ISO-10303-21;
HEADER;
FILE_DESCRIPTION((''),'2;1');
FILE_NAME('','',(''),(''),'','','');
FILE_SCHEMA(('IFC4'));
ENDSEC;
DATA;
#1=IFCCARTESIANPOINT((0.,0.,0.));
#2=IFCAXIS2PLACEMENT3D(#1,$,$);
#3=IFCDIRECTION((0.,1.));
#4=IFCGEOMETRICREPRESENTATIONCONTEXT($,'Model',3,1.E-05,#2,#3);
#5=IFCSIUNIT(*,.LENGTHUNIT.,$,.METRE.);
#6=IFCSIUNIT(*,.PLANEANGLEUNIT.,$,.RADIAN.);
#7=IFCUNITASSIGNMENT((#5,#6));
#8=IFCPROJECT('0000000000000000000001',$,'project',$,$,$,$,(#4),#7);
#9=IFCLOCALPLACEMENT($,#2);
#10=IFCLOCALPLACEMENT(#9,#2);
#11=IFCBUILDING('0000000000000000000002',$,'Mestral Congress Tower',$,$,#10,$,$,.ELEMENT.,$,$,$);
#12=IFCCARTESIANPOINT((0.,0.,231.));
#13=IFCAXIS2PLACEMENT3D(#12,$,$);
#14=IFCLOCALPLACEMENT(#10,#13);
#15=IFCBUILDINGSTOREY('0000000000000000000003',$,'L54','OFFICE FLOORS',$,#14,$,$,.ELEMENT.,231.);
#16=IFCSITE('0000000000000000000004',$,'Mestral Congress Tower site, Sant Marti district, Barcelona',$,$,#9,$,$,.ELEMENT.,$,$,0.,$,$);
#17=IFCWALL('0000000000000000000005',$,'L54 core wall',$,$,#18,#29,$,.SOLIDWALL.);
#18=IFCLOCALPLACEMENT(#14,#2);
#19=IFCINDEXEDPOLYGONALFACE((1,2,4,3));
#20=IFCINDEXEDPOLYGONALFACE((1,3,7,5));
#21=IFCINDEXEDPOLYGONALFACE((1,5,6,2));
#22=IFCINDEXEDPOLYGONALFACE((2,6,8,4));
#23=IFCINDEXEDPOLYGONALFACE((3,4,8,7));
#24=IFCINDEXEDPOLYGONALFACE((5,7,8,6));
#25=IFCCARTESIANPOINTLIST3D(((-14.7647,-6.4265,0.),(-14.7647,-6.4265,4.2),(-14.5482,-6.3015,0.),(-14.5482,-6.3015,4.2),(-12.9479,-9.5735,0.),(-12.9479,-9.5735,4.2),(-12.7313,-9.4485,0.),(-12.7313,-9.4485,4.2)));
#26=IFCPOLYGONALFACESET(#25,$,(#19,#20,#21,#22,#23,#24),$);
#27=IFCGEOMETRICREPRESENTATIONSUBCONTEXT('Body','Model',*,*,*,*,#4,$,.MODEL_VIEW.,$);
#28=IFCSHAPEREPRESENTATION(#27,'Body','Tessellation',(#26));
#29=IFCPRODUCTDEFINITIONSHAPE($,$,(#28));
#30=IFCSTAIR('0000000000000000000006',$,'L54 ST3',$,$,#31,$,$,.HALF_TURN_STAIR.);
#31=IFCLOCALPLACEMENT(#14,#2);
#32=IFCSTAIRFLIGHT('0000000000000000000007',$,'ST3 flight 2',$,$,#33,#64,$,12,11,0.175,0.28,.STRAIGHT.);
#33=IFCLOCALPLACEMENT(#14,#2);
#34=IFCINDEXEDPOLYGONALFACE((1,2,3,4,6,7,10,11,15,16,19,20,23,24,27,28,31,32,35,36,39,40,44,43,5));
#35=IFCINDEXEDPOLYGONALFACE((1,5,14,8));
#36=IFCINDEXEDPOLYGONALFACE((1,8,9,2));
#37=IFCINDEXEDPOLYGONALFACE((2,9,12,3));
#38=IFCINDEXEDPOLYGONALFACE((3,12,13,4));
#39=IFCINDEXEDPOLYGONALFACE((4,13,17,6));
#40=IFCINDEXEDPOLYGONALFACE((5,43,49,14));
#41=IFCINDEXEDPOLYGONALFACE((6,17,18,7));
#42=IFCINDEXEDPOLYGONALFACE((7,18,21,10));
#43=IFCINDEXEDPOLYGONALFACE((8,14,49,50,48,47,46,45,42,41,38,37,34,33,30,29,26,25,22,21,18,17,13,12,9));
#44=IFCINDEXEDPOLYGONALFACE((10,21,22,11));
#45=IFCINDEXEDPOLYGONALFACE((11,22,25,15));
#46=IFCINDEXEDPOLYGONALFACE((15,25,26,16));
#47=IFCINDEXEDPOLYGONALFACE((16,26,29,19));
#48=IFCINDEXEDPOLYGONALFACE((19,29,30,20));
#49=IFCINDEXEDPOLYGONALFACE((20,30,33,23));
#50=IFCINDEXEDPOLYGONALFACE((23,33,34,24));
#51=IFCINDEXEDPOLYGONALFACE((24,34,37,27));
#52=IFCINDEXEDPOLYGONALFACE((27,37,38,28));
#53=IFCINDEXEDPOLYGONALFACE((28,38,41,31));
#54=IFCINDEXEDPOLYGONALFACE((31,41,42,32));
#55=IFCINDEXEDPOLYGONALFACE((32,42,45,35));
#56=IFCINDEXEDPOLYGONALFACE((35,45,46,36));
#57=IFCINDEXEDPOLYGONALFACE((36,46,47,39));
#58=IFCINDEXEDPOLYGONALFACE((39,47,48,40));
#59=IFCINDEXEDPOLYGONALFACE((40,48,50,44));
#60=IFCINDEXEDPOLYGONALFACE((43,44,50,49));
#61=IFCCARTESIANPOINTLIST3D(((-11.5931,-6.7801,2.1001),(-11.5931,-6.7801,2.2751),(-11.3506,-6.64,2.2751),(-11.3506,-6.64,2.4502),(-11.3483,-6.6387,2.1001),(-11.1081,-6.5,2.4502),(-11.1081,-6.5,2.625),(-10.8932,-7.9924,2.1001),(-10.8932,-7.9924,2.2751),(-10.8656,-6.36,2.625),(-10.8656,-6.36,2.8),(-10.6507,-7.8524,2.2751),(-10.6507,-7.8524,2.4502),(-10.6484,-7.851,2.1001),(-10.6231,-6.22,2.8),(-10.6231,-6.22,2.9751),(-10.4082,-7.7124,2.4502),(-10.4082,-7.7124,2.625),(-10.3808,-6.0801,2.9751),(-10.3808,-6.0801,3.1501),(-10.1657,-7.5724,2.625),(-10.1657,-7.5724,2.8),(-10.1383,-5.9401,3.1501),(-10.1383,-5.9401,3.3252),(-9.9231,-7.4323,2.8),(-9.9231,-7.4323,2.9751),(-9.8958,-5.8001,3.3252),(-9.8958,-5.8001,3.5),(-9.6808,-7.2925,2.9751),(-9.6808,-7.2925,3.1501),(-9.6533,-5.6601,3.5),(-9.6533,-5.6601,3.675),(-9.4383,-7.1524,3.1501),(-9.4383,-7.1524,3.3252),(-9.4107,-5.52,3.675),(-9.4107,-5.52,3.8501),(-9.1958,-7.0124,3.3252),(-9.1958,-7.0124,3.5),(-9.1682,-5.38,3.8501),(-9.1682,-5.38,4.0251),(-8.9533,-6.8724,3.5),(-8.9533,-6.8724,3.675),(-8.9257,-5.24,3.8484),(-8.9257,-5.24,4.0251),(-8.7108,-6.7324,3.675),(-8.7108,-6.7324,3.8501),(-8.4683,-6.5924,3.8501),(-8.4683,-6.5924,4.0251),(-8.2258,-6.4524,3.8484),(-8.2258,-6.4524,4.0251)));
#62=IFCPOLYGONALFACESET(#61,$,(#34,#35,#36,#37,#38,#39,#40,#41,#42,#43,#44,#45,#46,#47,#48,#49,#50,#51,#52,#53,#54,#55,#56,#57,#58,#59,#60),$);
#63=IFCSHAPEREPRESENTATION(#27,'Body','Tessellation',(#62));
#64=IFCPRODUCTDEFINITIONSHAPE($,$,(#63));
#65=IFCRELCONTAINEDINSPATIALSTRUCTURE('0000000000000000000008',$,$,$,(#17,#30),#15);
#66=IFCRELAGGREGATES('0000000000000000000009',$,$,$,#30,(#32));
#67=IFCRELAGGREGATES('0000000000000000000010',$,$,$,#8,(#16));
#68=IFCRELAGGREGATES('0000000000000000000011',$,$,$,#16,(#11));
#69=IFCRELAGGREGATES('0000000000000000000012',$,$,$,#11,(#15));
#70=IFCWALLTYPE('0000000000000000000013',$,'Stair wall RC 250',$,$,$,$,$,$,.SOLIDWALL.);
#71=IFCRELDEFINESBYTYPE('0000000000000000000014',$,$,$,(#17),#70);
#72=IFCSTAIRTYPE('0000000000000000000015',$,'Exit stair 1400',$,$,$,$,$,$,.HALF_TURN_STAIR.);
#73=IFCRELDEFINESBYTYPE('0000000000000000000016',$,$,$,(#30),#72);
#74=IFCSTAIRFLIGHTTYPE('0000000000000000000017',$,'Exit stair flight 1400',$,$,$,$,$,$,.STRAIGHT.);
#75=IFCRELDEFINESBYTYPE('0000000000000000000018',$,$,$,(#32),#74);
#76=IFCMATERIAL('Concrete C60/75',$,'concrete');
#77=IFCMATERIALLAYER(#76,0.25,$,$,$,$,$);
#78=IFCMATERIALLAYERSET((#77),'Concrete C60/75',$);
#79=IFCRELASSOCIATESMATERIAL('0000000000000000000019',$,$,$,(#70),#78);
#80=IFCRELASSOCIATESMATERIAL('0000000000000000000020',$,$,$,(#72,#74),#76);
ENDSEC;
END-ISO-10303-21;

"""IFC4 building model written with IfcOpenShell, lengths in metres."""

from ifc_helpers import new_model, si_unit, direction, frame, frame_2d, origin, place, context, subcontext, project, spatial, polyline, rectangle, outline, extrude, material, layer, layer_set, type_object, element, aggregate, save


model = new_model("IFC4")

# Units and contexts
model_context = context("Model", 3, precision=1e-05, world=origin(), true_north=direction((0.0, 1.0)))
body_context = subcontext(model_context, "Body", "Model", "MODEL_VIEW")
ifc_project = project(units=[si_unit("LENGTHUNIT", "METRE"), si_unit("PLANEANGLEUNIT", "RADIAN")], contexts=[model_context])

# Site, building, storey
site_placement = place(None, origin())
site = spatial("IfcSite", under=ifc_project, at=site_placement, Name="Mestral Congress Tower site, Sant Marti district, Barcelona", CompositionType="ELEMENT", RefElevation=0.0)
building_placement = place(site_placement, origin())
building = spatial("IfcBuilding", under=site, at=building_placement, Name="Mestral Congress Tower", CompositionType="ELEMENT")
storey_placement = place(building_placement, frame((0.0, 0.0, 231.0)))
storey = spatial("IfcBuildingStorey", under=building, at=storey_placement, Name="L54", Description="OFFICE FLOORS", CompositionType="ELEMENT", Elevation=231.0)

# Shared definitions
ifc_material_1 = material(Name="Concrete C60/75", Category="concrete")

# Wall
ifc_layer_1 = layer(ifc_material_1, 0.25)
ifc_layer_set_1 = layer_set([ifc_layer_1], Name="Concrete C60/75")
wall_type_1 = type_object("IfcWallType", Name="Stair wall RC 250", PredefinedType="SOLIDWALL", material=ifc_layer_set_1)
wall_1_placement = place(storey_placement, frame((-12.8396, -9.511, 0.0), z_axis=(0.0, 0.0, 1.0), x_axis=(-0.499998, 0.866027, 0.0)))
element("IfcWall", 1, at=wall_1_placement, inside=storey, type_object=wall_type_1, Name="L54 core wall", PredefinedType="SOLIDWALL", context=body_context, shape_type="SweptSolid", body=[
    extrude(rectangle(XDim=3.6338, YDim=0.25, at=frame_2d((1.8169, 0.0))), origin(), (0.0, 0.0, 1.0), 4.2),
])

# Stair, stair flight
stair_type = type_object("IfcStairType", Name="Exit stair 1400", PredefinedType="HALF_TURN_STAIR", material=ifc_material_1)
stair_placement = place(storey_placement, origin())
stair = element("IfcStair", 2, at=stair_placement, inside=storey, type_object=stair_type, Name="L54 ST3", PredefinedType="HALF_TURN_STAIR")
stair_flight_type = type_object("IfcStairFlightType", Name="Exit stair flight 1400", PredefinedType="STRAIGHT", material=ifc_material_1)
stair_flight_placement = place(storey_placement, frame((-11.2432, -7.3862, 2.1001), z_axis=(0.0, 0.0, 1.0), x_axis=(0.866025, 0.5, 0.0)))
stair_flight = element("IfcStairFlight", 3, at=stair_flight_placement, type_object=stair_flight_type, Name="ST3 flight 2", NumberOfRisers=12, NumberOfTreads=11, PredefinedType="STRAIGHT", RiserHeight=0.175, TreadLength=0.28, context=body_context, shape_type="SweptSolid", body=[
    extrude(outline(polyline([(0.0, 0.0), (0.0, 0.175), (0.28, 0.175), (0.28, 0.3501), (0.5601, 0.3501), (0.5601, 0.5249), (0.8401, 0.5249), (0.8401, 0.7), (1.1201, 0.7), (1.1201, 0.875), (1.3999, 0.875), (1.3999, 1.05), (1.6799, 1.05), (1.6799, 1.2251), (1.96, 1.2251), (1.96, 1.3999), (2.24, 1.3999), (2.24, 1.575), (2.52, 1.575), (2.52, 1.75), (2.8, 1.75), (2.8, 1.925), (3.0801, 1.925), (3.0801, 2.1001), (3.0801, 1.7483), (0.2827, 0.0), (0.0, 0.0)])), frame((0.0, 0.7, 0.0), z_axis=(0.0, -1.0, 0.0), x_axis=(1.0, 0.0, 0.0)), (0.0, 0.0, 1.0), 1.3999),
])
aggregate(stair, [stair_flight])

save(model, "model.ifc")
